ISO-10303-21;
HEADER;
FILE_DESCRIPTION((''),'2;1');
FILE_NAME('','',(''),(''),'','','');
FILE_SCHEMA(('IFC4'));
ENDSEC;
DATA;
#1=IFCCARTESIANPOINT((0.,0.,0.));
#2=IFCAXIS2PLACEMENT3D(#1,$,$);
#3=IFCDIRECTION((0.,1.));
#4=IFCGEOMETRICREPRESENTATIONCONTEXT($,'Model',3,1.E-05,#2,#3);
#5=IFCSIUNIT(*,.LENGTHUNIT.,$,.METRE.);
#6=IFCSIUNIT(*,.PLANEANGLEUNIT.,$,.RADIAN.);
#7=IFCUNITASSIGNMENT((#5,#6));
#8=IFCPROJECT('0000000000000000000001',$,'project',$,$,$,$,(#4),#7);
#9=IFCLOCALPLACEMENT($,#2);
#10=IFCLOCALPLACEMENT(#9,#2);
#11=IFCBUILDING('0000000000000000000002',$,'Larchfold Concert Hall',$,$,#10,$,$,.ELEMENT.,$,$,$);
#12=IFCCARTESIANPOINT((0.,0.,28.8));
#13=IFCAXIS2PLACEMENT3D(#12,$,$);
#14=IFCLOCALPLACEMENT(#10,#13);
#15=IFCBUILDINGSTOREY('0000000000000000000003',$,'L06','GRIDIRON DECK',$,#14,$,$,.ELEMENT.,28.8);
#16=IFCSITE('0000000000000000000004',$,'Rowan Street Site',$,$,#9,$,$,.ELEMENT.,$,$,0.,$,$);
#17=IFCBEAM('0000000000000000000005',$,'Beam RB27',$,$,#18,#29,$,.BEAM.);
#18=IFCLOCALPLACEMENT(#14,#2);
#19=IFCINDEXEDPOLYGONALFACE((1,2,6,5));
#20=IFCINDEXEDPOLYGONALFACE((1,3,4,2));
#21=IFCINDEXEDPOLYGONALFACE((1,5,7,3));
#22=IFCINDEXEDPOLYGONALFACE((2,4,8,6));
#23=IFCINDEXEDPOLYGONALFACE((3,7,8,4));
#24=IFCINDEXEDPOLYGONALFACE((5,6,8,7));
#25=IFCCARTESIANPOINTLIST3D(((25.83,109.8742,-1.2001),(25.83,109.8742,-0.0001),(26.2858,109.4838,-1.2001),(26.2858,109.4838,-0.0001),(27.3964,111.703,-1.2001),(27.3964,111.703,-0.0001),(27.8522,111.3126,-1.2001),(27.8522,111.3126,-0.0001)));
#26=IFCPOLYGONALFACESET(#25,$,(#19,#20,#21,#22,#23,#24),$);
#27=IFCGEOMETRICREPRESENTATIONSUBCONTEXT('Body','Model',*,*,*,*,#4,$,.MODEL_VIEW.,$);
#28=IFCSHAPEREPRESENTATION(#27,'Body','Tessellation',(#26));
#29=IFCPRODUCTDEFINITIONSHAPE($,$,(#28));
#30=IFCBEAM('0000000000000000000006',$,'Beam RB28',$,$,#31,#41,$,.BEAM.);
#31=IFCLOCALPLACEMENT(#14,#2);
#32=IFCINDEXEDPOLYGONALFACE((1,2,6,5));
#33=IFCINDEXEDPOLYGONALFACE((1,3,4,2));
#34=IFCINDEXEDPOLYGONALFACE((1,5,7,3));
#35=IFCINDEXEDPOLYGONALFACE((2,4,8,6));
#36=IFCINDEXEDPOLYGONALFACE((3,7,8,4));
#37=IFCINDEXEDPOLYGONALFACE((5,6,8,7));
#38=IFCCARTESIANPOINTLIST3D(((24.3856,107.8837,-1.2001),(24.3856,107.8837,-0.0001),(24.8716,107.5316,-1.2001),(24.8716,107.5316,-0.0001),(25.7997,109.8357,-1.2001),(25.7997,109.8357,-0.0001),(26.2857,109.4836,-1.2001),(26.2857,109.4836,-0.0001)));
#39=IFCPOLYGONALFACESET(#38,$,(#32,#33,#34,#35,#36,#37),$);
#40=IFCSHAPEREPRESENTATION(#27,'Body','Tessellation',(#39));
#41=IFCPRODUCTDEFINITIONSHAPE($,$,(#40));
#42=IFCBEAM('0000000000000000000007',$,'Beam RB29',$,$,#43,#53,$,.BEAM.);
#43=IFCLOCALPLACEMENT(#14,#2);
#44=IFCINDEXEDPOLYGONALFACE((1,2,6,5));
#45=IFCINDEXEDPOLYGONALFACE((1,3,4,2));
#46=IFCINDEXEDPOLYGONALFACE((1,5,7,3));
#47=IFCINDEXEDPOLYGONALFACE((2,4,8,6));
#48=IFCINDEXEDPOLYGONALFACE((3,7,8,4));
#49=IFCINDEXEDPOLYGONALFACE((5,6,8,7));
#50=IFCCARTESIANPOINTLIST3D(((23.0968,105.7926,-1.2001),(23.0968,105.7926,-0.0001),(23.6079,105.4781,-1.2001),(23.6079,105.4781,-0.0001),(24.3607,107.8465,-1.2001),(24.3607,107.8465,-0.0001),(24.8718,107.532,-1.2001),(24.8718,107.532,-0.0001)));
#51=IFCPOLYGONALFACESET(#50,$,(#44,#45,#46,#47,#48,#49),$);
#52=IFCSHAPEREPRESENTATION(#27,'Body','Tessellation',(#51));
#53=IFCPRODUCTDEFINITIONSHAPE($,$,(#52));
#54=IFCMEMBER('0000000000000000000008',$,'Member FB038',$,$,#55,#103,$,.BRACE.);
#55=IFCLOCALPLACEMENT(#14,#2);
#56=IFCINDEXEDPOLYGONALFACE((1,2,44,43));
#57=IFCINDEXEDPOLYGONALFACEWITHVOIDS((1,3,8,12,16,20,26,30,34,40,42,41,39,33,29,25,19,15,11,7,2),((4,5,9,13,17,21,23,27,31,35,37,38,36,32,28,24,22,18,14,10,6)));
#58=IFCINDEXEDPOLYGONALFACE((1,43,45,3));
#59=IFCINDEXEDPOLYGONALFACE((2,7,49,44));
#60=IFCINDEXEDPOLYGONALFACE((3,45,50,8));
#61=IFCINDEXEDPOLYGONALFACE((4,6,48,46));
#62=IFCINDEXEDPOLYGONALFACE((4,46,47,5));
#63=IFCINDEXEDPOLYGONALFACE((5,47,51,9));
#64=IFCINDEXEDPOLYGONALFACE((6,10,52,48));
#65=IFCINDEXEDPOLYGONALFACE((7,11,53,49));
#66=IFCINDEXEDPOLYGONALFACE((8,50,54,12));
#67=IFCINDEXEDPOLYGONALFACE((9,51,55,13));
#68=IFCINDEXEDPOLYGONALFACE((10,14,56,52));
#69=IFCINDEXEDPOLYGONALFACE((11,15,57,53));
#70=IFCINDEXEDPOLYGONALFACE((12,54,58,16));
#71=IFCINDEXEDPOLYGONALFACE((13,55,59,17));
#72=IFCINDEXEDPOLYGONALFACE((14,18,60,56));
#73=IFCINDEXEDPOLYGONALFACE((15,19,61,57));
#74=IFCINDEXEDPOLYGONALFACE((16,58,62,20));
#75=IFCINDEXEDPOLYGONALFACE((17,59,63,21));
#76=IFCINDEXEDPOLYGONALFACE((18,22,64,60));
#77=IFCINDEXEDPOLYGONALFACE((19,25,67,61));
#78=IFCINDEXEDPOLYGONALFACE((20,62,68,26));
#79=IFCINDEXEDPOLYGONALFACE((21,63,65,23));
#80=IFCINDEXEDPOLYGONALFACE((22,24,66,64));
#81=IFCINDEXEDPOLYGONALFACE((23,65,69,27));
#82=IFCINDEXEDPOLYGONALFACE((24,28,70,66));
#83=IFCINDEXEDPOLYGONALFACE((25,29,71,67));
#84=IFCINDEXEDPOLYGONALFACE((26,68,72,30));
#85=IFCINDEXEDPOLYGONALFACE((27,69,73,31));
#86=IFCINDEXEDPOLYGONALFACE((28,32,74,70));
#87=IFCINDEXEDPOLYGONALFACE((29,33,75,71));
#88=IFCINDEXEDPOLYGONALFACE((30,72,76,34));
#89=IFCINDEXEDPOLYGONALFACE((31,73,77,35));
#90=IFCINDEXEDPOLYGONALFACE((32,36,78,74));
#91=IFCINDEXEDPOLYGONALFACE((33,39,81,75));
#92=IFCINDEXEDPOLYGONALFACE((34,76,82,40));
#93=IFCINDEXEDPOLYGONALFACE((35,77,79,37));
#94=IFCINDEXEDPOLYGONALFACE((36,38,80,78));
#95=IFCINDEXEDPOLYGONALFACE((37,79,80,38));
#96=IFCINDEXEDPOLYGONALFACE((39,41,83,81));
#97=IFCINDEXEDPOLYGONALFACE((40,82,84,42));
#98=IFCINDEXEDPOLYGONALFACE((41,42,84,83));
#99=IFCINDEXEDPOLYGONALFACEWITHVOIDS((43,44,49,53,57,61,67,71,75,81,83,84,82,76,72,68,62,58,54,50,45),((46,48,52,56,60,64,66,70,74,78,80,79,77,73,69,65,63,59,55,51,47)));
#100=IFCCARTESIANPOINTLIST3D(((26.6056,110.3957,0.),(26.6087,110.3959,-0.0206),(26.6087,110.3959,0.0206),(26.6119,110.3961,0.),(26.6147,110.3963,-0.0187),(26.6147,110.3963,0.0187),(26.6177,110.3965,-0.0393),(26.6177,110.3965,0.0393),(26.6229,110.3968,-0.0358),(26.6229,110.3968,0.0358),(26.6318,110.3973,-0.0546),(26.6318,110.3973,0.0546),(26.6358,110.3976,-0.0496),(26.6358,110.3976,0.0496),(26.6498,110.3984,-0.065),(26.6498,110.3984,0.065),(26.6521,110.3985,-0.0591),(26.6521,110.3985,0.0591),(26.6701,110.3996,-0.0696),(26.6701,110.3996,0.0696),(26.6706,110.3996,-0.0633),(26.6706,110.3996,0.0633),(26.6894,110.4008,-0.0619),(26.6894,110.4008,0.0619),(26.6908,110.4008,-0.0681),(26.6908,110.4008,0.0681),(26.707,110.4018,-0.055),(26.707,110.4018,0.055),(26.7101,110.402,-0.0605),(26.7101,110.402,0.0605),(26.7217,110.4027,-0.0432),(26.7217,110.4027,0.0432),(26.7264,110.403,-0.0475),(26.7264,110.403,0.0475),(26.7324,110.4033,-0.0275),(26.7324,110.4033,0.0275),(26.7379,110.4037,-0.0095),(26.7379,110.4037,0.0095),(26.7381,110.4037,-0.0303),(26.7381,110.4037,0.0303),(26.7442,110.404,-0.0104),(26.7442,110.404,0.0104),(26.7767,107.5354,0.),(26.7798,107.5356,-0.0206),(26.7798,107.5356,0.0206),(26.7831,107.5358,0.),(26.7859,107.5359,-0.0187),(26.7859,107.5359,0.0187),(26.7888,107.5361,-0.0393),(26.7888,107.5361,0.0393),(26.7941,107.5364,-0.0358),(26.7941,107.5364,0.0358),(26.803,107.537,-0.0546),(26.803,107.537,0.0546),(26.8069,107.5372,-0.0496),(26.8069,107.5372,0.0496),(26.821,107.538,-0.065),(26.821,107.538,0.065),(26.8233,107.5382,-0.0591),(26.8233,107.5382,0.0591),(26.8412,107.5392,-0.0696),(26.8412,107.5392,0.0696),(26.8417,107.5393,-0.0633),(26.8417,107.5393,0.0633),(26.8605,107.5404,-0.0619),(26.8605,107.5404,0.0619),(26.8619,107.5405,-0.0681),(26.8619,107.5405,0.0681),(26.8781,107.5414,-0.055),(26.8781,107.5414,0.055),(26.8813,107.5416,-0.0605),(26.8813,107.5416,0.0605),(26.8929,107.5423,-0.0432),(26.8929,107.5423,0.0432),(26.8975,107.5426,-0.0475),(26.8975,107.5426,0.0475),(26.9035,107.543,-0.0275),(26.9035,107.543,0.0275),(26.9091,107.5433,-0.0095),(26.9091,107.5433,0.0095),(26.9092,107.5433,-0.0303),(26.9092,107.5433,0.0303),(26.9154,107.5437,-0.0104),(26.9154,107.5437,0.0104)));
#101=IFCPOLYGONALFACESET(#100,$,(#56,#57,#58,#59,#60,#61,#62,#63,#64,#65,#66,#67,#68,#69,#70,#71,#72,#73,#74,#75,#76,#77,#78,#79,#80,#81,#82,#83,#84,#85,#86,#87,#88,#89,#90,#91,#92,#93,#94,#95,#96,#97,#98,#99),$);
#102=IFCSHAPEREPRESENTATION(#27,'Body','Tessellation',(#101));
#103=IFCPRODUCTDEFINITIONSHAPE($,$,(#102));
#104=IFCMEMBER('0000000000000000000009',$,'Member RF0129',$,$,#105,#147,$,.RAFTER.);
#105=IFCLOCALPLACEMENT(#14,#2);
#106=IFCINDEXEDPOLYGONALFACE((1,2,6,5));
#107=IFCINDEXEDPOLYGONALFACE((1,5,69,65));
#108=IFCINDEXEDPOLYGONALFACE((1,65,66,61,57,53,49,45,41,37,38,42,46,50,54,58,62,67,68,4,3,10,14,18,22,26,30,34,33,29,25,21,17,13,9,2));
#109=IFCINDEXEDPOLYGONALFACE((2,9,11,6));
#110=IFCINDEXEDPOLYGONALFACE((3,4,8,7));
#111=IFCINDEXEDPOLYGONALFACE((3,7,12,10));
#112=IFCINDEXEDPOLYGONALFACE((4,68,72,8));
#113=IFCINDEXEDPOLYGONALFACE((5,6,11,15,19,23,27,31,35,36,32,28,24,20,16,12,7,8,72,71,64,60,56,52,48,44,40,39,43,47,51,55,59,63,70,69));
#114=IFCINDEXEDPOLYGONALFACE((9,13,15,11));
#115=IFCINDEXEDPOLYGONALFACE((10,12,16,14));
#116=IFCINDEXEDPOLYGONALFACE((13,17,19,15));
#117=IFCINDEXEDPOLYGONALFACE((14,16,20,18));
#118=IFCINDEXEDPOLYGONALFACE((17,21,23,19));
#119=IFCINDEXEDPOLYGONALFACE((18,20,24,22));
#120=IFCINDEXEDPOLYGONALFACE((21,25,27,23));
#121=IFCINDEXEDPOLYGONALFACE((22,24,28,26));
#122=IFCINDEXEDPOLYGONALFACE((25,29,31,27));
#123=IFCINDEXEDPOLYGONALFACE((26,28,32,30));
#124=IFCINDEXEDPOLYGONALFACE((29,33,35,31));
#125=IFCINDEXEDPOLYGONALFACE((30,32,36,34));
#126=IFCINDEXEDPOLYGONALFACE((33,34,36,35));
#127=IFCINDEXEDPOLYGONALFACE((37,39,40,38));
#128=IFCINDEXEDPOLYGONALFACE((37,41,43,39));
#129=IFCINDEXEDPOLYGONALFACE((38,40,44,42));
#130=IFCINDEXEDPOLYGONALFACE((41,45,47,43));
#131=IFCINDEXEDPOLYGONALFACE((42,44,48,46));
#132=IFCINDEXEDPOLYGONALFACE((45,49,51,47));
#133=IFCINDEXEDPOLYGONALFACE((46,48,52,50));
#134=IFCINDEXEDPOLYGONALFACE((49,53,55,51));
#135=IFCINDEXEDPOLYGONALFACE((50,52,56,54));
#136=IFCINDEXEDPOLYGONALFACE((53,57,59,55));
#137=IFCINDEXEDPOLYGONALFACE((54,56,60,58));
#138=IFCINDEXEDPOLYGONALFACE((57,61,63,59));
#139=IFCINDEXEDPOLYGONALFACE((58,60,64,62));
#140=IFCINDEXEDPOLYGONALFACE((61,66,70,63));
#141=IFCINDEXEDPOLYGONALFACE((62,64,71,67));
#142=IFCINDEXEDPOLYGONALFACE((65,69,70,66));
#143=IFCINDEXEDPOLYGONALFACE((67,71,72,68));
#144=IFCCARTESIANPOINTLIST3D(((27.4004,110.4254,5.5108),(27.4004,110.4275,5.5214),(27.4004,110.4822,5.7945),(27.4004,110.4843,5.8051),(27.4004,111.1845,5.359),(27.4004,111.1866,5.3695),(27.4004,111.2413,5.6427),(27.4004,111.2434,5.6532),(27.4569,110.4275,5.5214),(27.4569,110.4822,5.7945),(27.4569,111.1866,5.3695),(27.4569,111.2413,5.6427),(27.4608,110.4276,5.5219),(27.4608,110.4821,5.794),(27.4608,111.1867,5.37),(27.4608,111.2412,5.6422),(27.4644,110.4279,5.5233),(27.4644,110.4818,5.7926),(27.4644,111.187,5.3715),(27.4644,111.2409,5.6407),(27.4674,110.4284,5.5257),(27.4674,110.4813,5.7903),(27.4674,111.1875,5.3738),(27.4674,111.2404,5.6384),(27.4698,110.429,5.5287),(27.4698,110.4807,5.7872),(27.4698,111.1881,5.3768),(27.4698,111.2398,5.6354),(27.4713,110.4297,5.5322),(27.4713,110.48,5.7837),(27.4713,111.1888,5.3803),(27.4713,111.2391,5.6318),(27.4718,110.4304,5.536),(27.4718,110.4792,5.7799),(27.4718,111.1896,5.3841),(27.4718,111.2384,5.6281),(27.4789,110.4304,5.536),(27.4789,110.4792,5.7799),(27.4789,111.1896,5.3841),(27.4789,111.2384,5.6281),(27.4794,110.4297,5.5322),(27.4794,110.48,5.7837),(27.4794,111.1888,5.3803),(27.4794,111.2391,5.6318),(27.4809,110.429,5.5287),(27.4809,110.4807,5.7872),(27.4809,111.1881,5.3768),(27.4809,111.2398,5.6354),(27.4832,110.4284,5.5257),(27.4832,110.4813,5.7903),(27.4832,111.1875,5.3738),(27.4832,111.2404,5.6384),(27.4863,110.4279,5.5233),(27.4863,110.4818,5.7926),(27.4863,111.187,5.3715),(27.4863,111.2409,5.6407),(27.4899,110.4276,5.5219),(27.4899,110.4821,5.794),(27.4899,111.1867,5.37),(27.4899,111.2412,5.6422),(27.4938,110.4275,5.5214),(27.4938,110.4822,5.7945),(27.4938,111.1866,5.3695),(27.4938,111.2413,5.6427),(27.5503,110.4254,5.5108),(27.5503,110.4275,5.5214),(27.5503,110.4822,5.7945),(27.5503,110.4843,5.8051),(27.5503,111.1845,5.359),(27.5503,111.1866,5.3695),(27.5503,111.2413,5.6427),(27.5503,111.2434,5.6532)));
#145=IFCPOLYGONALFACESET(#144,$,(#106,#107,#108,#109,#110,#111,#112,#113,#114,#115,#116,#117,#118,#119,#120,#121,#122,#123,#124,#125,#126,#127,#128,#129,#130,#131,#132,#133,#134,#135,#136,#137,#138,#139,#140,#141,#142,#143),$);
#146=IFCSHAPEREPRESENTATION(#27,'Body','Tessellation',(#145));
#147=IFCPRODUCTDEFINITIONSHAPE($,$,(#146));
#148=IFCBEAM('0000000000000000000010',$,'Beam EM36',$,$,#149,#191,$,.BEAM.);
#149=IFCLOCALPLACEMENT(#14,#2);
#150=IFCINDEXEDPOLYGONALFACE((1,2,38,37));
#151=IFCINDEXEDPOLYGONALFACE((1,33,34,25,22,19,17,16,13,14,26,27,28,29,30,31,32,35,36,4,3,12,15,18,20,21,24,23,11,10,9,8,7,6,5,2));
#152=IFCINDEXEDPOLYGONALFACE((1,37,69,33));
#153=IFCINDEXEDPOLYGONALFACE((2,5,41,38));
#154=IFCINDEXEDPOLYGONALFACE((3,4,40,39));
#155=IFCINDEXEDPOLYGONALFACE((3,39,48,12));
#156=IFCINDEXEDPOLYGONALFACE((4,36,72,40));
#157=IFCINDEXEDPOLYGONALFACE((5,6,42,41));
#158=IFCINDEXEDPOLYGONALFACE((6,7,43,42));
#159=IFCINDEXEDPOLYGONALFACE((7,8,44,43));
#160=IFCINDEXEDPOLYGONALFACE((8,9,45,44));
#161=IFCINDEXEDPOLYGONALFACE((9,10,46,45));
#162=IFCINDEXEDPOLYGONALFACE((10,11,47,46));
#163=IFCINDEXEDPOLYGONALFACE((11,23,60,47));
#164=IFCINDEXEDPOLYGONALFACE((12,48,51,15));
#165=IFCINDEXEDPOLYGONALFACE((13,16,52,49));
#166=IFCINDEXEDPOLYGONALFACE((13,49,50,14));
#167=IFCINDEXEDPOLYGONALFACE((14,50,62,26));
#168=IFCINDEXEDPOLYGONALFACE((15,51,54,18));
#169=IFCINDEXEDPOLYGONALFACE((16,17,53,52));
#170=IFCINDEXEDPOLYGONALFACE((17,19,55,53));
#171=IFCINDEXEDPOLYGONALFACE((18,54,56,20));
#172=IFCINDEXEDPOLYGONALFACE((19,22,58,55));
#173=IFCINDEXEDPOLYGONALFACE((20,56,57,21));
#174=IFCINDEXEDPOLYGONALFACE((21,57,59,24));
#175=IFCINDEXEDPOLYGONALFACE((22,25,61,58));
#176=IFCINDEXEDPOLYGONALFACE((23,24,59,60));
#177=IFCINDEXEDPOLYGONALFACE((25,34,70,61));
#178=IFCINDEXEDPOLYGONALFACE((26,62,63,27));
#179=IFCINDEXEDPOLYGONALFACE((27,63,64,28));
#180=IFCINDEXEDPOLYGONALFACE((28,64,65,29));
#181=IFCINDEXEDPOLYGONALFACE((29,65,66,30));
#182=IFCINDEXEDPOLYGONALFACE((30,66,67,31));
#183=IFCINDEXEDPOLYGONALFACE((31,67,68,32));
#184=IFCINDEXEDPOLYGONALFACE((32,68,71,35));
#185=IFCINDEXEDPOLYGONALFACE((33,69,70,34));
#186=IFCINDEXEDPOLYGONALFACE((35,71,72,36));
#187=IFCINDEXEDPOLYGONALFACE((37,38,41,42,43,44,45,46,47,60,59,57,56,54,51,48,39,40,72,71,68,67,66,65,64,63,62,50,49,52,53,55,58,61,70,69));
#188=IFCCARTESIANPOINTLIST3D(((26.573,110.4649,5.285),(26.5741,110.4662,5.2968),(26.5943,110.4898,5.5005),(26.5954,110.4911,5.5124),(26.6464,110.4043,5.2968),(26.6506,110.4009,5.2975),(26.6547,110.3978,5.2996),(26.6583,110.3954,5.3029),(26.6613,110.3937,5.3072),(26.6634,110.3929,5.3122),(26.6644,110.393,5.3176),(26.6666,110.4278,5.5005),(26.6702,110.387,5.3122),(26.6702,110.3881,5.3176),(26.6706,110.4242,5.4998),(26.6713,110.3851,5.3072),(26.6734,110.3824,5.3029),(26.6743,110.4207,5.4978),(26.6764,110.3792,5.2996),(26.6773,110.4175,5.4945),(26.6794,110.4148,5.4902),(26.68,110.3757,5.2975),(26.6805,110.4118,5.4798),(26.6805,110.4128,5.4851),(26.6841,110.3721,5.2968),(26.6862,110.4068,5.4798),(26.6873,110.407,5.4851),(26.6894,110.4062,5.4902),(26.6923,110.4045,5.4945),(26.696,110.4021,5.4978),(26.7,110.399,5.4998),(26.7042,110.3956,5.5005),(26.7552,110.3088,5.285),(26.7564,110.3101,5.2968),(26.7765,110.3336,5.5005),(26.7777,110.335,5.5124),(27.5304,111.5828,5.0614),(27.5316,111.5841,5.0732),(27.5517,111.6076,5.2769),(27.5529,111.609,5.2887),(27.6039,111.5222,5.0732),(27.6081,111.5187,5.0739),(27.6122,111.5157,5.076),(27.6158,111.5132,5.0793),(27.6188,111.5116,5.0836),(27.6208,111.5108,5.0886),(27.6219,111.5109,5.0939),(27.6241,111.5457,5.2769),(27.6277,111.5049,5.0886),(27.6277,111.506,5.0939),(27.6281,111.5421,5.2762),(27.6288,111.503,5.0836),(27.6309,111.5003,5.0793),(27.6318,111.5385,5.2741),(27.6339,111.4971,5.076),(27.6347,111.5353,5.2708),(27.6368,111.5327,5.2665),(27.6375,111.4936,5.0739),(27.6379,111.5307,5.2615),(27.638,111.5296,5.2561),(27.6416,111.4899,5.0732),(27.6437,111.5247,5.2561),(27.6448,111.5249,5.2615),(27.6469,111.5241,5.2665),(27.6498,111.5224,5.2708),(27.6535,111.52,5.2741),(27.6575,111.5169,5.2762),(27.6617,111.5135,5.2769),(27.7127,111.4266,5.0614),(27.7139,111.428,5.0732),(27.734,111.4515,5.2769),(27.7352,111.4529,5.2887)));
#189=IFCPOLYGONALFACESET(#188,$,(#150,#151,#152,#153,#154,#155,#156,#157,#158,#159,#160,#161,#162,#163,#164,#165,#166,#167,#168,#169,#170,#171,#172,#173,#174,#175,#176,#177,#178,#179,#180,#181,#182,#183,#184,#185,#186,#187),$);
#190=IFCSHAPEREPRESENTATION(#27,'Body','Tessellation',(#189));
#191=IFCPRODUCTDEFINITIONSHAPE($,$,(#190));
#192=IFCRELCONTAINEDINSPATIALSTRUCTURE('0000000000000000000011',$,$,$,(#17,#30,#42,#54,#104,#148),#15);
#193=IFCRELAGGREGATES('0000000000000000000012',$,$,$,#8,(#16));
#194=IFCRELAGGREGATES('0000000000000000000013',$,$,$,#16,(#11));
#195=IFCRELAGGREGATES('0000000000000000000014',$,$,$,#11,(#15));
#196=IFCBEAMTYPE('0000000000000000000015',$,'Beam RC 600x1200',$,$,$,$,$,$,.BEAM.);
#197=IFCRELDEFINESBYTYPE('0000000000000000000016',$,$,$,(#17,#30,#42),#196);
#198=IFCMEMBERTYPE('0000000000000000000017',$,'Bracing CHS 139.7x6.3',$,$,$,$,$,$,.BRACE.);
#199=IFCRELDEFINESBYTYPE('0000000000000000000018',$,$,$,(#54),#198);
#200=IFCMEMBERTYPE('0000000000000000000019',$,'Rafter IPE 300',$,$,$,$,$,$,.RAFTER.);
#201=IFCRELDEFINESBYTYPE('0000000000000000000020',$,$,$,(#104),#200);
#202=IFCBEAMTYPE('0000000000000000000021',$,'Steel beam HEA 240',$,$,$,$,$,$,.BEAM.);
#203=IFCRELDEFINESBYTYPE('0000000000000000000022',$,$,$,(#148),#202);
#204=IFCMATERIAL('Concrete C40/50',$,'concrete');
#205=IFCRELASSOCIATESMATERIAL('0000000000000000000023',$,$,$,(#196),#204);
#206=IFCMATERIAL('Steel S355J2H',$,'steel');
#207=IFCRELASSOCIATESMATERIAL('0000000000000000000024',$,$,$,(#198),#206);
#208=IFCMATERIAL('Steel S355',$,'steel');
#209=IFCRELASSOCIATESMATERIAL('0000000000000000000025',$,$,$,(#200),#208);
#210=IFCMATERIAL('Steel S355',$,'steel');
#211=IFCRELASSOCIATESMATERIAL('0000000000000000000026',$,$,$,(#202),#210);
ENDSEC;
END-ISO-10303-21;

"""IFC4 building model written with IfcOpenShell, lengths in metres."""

from ifc_helpers import new_model, si_unit, direction, frame, origin, origin_2d, place, context, subcontext, project, spatial, rectangle, hollow_circle, i_section, extrude, material, material_profile, profile_set, type_object, element, save


model = new_model("IFC4")

# Units and contexts
model_context = context("Model", 3, precision=1e-05, world=origin(), true_north=direction((0.0, 1.0)))
body_context = subcontext(model_context, "Body", "Model", "MODEL_VIEW")
ifc_project = project(units=[si_unit("LENGTHUNIT", "METRE"), si_unit("PLANEANGLEUNIT", "RADIAN")], contexts=[model_context])

# Site, building, storey
site_placement = place(None, origin())
site = spatial("IfcSite", under=ifc_project, at=site_placement, Name="Rowan Street Site", CompositionType="ELEMENT", RefElevation=0.0)
building_placement = place(site_placement, origin())
building = spatial("IfcBuilding", under=site, at=building_placement, Name="Larchfold Concert Hall", CompositionType="ELEMENT")
storey_placement = place(building_placement, frame((0.0, 0.0, 28.8)))
storey = spatial("IfcBuildingStorey", under=building, at=storey_placement, Name="L06", Description="GRIDIRON DECK", CompositionType="ELEMENT", Elevation=28.8)

# Beams
ifc_material_1 = material(Name="Concrete C40/50", Category="concrete")
ifc_material_profile_1 = material_profile(ifc_material_1, rectangle(XDim=0.6001, YDim=1.2, at=origin_2d()))
ifc_profile_set_1 = profile_set([ifc_material_profile_1], Name="Concrete C40/50")
beam_type_1 = type_object("IfcBeamType", Name="Beam RC 600x1200", PredefinedType="BEAM", material=ifc_profile_set_1)
beam_1_placement = place(storey_placement, frame((27.6243, 111.5078, -0.6001), z_axis=(-0.650507, -0.7595, 0.0), x_axis=(0.7595, -0.650507, 0.0)))
element("IfcBeam", 1, at=beam_1_placement, inside=storey, type_object=beam_type_1, Name="Beam RB27", PredefinedType="BEAM", context=body_context, shape_type="SweptSolid", body=[
    extrude(rectangle(XDim=0.6001, YDim=1.2, at=origin_2d()), origin(), (0.0, 0.0, 1.0), 2.408),
])
beam_2_placement = place(storey_placement, frame((26.0427, 109.6597, -0.6001), z_axis=(-0.586677, -0.809821, 0.0), x_axis=(0.809821, -0.586677, 0.0)))
element("IfcBeam", 2, at=beam_2_placement, inside=storey, type_object=beam_type_1, Name="Beam RB28", PredefinedType="BEAM", context=body_context, shape_type="SweptSolid", body=[
    extrude(rectangle(XDim=0.6001, YDim=1.2, at=origin_2d()), origin(), (0.0, 0.0, 1.0), 2.4104),
])
beam_3_placement = place(storey_placement, frame((24.6162, 107.6892, -0.6001), z_axis=(-0.52408, -0.851669, 0.0), x_axis=(0.851669, -0.52408, 0.0)))
element("IfcBeam", 3, at=beam_3_placement, inside=storey, type_object=beam_type_1, Name="Beam RB29", PredefinedType="BEAM", context=body_context, shape_type="SweptSolid", body=[
    extrude(rectangle(XDim=0.6001, YDim=1.2, at=origin_2d()), origin(), (0.0, 0.0, 1.0), 2.4116),
])

# Members
ifc_material_2 = material(Name="Steel S355J2H", Category="steel")
ifc_material_profile_2 = material_profile(ifc_material_2, hollow_circle(Radius=0.0698, WallThickness=0.0063, at=origin_2d()))
ifc_profile_set_2 = profile_set([ifc_material_profile_2], Name="Steel S355J2H")
member_type_1 = type_object("IfcMemberType", Name="Bracing CHS 139.7x6.3", PredefinedType="BRACE", material=ifc_profile_set_2)
member_1_placement = place(storey_placement, frame((26.8464, 107.5396, 0.0), z_axis=(-0.059726, 0.998215, 0.0), x_axis=(-0.998215, -0.059726, 0.0)))
element("IfcMember", 4, at=member_1_placement, inside=storey, type_object=member_type_1, Name="Member FB038", PredefinedType="BRACE", context=body_context, shape_type="SweptSolid", body=[
    extrude(hollow_circle(Radius=0.0698, WallThickness=0.0063, at=origin_2d()), origin(), (0.0, 0.0, 1.0), 2.8655),
])
ifc_material_3 = material(Name="Steel S355", Category="steel")
ifc_material_profile_3 = material_profile(ifc_material_3, i_section(OverallWidth=0.1499, OverallDepth=0.3, WebThickness=0.0071, FlangeThickness=0.0107, FilletRadius=0.0149, at=origin_2d()))
ifc_profile_set_3 = profile_set([ifc_material_profile_3], Name="Steel S355")
member_type_2 = type_object("IfcMemberType", Name="Rafter IPE 300", PredefinedType="RAFTER", material=ifc_profile_set_3)
member_2_placement = place(storey_placement, frame((27.4753, 110.4548, 5.658), z_axis=(0.0, 0.980569, -0.196177), x_axis=(-1.0, 0.0, 0.0)))
element("IfcMember", 5, at=member_2_placement, inside=storey, type_object=member_type_2, Name="Member RF0129", PredefinedType="RAFTER", context=body_context, shape_type="SweptSolid", body=[
    extrude(i_section(OverallWidth=0.1499, OverallDepth=0.3, WebThickness=0.0071, FlangeThickness=0.0107, FilletRadius=0.0149, at=origin_2d()), origin(), (0.0, 0.0, 1.0), 0.7742),
])

# Beam
ifc_material_4 = material(Name="Steel S355", Category="steel")
ifc_material_profile_4 = material_profile(ifc_material_4, i_section(OverallWidth=0.24, OverallDepth=0.23, WebThickness=0.0076, FlangeThickness=0.012, FilletRadius=0.021, at=origin_2d()))
ifc_profile_set_4 = profile_set([ifc_material_profile_4], Name="Steel S355")
beam_type_2 = type_object("IfcBeamType", Name="Steel beam HEA 240", PredefinedType="BEAM", material=ifc_profile_set_4)
beam_4_placement = place(storey_placement, frame((27.6328, 111.5178, 5.175), z_axis=(-0.643138, -0.750874, 0.150208), x_axis=(0.759491, -0.650518, 0.0)))
element("IfcBeam", 6, at=beam_4_placement, inside=storey, type_object=beam_type_2, Name="Beam EM36", PredefinedType="BEAM", context=body_context, shape_type="SweptSolid", body=[
    extrude(i_section(OverallWidth=0.24, OverallDepth=0.23, WebThickness=0.0076, FlangeThickness=0.012, FilletRadius=0.021, at=origin_2d()), origin(), (0.0, 0.0, 1.0), 1.4888),
])

save(model, "model.ifc")
